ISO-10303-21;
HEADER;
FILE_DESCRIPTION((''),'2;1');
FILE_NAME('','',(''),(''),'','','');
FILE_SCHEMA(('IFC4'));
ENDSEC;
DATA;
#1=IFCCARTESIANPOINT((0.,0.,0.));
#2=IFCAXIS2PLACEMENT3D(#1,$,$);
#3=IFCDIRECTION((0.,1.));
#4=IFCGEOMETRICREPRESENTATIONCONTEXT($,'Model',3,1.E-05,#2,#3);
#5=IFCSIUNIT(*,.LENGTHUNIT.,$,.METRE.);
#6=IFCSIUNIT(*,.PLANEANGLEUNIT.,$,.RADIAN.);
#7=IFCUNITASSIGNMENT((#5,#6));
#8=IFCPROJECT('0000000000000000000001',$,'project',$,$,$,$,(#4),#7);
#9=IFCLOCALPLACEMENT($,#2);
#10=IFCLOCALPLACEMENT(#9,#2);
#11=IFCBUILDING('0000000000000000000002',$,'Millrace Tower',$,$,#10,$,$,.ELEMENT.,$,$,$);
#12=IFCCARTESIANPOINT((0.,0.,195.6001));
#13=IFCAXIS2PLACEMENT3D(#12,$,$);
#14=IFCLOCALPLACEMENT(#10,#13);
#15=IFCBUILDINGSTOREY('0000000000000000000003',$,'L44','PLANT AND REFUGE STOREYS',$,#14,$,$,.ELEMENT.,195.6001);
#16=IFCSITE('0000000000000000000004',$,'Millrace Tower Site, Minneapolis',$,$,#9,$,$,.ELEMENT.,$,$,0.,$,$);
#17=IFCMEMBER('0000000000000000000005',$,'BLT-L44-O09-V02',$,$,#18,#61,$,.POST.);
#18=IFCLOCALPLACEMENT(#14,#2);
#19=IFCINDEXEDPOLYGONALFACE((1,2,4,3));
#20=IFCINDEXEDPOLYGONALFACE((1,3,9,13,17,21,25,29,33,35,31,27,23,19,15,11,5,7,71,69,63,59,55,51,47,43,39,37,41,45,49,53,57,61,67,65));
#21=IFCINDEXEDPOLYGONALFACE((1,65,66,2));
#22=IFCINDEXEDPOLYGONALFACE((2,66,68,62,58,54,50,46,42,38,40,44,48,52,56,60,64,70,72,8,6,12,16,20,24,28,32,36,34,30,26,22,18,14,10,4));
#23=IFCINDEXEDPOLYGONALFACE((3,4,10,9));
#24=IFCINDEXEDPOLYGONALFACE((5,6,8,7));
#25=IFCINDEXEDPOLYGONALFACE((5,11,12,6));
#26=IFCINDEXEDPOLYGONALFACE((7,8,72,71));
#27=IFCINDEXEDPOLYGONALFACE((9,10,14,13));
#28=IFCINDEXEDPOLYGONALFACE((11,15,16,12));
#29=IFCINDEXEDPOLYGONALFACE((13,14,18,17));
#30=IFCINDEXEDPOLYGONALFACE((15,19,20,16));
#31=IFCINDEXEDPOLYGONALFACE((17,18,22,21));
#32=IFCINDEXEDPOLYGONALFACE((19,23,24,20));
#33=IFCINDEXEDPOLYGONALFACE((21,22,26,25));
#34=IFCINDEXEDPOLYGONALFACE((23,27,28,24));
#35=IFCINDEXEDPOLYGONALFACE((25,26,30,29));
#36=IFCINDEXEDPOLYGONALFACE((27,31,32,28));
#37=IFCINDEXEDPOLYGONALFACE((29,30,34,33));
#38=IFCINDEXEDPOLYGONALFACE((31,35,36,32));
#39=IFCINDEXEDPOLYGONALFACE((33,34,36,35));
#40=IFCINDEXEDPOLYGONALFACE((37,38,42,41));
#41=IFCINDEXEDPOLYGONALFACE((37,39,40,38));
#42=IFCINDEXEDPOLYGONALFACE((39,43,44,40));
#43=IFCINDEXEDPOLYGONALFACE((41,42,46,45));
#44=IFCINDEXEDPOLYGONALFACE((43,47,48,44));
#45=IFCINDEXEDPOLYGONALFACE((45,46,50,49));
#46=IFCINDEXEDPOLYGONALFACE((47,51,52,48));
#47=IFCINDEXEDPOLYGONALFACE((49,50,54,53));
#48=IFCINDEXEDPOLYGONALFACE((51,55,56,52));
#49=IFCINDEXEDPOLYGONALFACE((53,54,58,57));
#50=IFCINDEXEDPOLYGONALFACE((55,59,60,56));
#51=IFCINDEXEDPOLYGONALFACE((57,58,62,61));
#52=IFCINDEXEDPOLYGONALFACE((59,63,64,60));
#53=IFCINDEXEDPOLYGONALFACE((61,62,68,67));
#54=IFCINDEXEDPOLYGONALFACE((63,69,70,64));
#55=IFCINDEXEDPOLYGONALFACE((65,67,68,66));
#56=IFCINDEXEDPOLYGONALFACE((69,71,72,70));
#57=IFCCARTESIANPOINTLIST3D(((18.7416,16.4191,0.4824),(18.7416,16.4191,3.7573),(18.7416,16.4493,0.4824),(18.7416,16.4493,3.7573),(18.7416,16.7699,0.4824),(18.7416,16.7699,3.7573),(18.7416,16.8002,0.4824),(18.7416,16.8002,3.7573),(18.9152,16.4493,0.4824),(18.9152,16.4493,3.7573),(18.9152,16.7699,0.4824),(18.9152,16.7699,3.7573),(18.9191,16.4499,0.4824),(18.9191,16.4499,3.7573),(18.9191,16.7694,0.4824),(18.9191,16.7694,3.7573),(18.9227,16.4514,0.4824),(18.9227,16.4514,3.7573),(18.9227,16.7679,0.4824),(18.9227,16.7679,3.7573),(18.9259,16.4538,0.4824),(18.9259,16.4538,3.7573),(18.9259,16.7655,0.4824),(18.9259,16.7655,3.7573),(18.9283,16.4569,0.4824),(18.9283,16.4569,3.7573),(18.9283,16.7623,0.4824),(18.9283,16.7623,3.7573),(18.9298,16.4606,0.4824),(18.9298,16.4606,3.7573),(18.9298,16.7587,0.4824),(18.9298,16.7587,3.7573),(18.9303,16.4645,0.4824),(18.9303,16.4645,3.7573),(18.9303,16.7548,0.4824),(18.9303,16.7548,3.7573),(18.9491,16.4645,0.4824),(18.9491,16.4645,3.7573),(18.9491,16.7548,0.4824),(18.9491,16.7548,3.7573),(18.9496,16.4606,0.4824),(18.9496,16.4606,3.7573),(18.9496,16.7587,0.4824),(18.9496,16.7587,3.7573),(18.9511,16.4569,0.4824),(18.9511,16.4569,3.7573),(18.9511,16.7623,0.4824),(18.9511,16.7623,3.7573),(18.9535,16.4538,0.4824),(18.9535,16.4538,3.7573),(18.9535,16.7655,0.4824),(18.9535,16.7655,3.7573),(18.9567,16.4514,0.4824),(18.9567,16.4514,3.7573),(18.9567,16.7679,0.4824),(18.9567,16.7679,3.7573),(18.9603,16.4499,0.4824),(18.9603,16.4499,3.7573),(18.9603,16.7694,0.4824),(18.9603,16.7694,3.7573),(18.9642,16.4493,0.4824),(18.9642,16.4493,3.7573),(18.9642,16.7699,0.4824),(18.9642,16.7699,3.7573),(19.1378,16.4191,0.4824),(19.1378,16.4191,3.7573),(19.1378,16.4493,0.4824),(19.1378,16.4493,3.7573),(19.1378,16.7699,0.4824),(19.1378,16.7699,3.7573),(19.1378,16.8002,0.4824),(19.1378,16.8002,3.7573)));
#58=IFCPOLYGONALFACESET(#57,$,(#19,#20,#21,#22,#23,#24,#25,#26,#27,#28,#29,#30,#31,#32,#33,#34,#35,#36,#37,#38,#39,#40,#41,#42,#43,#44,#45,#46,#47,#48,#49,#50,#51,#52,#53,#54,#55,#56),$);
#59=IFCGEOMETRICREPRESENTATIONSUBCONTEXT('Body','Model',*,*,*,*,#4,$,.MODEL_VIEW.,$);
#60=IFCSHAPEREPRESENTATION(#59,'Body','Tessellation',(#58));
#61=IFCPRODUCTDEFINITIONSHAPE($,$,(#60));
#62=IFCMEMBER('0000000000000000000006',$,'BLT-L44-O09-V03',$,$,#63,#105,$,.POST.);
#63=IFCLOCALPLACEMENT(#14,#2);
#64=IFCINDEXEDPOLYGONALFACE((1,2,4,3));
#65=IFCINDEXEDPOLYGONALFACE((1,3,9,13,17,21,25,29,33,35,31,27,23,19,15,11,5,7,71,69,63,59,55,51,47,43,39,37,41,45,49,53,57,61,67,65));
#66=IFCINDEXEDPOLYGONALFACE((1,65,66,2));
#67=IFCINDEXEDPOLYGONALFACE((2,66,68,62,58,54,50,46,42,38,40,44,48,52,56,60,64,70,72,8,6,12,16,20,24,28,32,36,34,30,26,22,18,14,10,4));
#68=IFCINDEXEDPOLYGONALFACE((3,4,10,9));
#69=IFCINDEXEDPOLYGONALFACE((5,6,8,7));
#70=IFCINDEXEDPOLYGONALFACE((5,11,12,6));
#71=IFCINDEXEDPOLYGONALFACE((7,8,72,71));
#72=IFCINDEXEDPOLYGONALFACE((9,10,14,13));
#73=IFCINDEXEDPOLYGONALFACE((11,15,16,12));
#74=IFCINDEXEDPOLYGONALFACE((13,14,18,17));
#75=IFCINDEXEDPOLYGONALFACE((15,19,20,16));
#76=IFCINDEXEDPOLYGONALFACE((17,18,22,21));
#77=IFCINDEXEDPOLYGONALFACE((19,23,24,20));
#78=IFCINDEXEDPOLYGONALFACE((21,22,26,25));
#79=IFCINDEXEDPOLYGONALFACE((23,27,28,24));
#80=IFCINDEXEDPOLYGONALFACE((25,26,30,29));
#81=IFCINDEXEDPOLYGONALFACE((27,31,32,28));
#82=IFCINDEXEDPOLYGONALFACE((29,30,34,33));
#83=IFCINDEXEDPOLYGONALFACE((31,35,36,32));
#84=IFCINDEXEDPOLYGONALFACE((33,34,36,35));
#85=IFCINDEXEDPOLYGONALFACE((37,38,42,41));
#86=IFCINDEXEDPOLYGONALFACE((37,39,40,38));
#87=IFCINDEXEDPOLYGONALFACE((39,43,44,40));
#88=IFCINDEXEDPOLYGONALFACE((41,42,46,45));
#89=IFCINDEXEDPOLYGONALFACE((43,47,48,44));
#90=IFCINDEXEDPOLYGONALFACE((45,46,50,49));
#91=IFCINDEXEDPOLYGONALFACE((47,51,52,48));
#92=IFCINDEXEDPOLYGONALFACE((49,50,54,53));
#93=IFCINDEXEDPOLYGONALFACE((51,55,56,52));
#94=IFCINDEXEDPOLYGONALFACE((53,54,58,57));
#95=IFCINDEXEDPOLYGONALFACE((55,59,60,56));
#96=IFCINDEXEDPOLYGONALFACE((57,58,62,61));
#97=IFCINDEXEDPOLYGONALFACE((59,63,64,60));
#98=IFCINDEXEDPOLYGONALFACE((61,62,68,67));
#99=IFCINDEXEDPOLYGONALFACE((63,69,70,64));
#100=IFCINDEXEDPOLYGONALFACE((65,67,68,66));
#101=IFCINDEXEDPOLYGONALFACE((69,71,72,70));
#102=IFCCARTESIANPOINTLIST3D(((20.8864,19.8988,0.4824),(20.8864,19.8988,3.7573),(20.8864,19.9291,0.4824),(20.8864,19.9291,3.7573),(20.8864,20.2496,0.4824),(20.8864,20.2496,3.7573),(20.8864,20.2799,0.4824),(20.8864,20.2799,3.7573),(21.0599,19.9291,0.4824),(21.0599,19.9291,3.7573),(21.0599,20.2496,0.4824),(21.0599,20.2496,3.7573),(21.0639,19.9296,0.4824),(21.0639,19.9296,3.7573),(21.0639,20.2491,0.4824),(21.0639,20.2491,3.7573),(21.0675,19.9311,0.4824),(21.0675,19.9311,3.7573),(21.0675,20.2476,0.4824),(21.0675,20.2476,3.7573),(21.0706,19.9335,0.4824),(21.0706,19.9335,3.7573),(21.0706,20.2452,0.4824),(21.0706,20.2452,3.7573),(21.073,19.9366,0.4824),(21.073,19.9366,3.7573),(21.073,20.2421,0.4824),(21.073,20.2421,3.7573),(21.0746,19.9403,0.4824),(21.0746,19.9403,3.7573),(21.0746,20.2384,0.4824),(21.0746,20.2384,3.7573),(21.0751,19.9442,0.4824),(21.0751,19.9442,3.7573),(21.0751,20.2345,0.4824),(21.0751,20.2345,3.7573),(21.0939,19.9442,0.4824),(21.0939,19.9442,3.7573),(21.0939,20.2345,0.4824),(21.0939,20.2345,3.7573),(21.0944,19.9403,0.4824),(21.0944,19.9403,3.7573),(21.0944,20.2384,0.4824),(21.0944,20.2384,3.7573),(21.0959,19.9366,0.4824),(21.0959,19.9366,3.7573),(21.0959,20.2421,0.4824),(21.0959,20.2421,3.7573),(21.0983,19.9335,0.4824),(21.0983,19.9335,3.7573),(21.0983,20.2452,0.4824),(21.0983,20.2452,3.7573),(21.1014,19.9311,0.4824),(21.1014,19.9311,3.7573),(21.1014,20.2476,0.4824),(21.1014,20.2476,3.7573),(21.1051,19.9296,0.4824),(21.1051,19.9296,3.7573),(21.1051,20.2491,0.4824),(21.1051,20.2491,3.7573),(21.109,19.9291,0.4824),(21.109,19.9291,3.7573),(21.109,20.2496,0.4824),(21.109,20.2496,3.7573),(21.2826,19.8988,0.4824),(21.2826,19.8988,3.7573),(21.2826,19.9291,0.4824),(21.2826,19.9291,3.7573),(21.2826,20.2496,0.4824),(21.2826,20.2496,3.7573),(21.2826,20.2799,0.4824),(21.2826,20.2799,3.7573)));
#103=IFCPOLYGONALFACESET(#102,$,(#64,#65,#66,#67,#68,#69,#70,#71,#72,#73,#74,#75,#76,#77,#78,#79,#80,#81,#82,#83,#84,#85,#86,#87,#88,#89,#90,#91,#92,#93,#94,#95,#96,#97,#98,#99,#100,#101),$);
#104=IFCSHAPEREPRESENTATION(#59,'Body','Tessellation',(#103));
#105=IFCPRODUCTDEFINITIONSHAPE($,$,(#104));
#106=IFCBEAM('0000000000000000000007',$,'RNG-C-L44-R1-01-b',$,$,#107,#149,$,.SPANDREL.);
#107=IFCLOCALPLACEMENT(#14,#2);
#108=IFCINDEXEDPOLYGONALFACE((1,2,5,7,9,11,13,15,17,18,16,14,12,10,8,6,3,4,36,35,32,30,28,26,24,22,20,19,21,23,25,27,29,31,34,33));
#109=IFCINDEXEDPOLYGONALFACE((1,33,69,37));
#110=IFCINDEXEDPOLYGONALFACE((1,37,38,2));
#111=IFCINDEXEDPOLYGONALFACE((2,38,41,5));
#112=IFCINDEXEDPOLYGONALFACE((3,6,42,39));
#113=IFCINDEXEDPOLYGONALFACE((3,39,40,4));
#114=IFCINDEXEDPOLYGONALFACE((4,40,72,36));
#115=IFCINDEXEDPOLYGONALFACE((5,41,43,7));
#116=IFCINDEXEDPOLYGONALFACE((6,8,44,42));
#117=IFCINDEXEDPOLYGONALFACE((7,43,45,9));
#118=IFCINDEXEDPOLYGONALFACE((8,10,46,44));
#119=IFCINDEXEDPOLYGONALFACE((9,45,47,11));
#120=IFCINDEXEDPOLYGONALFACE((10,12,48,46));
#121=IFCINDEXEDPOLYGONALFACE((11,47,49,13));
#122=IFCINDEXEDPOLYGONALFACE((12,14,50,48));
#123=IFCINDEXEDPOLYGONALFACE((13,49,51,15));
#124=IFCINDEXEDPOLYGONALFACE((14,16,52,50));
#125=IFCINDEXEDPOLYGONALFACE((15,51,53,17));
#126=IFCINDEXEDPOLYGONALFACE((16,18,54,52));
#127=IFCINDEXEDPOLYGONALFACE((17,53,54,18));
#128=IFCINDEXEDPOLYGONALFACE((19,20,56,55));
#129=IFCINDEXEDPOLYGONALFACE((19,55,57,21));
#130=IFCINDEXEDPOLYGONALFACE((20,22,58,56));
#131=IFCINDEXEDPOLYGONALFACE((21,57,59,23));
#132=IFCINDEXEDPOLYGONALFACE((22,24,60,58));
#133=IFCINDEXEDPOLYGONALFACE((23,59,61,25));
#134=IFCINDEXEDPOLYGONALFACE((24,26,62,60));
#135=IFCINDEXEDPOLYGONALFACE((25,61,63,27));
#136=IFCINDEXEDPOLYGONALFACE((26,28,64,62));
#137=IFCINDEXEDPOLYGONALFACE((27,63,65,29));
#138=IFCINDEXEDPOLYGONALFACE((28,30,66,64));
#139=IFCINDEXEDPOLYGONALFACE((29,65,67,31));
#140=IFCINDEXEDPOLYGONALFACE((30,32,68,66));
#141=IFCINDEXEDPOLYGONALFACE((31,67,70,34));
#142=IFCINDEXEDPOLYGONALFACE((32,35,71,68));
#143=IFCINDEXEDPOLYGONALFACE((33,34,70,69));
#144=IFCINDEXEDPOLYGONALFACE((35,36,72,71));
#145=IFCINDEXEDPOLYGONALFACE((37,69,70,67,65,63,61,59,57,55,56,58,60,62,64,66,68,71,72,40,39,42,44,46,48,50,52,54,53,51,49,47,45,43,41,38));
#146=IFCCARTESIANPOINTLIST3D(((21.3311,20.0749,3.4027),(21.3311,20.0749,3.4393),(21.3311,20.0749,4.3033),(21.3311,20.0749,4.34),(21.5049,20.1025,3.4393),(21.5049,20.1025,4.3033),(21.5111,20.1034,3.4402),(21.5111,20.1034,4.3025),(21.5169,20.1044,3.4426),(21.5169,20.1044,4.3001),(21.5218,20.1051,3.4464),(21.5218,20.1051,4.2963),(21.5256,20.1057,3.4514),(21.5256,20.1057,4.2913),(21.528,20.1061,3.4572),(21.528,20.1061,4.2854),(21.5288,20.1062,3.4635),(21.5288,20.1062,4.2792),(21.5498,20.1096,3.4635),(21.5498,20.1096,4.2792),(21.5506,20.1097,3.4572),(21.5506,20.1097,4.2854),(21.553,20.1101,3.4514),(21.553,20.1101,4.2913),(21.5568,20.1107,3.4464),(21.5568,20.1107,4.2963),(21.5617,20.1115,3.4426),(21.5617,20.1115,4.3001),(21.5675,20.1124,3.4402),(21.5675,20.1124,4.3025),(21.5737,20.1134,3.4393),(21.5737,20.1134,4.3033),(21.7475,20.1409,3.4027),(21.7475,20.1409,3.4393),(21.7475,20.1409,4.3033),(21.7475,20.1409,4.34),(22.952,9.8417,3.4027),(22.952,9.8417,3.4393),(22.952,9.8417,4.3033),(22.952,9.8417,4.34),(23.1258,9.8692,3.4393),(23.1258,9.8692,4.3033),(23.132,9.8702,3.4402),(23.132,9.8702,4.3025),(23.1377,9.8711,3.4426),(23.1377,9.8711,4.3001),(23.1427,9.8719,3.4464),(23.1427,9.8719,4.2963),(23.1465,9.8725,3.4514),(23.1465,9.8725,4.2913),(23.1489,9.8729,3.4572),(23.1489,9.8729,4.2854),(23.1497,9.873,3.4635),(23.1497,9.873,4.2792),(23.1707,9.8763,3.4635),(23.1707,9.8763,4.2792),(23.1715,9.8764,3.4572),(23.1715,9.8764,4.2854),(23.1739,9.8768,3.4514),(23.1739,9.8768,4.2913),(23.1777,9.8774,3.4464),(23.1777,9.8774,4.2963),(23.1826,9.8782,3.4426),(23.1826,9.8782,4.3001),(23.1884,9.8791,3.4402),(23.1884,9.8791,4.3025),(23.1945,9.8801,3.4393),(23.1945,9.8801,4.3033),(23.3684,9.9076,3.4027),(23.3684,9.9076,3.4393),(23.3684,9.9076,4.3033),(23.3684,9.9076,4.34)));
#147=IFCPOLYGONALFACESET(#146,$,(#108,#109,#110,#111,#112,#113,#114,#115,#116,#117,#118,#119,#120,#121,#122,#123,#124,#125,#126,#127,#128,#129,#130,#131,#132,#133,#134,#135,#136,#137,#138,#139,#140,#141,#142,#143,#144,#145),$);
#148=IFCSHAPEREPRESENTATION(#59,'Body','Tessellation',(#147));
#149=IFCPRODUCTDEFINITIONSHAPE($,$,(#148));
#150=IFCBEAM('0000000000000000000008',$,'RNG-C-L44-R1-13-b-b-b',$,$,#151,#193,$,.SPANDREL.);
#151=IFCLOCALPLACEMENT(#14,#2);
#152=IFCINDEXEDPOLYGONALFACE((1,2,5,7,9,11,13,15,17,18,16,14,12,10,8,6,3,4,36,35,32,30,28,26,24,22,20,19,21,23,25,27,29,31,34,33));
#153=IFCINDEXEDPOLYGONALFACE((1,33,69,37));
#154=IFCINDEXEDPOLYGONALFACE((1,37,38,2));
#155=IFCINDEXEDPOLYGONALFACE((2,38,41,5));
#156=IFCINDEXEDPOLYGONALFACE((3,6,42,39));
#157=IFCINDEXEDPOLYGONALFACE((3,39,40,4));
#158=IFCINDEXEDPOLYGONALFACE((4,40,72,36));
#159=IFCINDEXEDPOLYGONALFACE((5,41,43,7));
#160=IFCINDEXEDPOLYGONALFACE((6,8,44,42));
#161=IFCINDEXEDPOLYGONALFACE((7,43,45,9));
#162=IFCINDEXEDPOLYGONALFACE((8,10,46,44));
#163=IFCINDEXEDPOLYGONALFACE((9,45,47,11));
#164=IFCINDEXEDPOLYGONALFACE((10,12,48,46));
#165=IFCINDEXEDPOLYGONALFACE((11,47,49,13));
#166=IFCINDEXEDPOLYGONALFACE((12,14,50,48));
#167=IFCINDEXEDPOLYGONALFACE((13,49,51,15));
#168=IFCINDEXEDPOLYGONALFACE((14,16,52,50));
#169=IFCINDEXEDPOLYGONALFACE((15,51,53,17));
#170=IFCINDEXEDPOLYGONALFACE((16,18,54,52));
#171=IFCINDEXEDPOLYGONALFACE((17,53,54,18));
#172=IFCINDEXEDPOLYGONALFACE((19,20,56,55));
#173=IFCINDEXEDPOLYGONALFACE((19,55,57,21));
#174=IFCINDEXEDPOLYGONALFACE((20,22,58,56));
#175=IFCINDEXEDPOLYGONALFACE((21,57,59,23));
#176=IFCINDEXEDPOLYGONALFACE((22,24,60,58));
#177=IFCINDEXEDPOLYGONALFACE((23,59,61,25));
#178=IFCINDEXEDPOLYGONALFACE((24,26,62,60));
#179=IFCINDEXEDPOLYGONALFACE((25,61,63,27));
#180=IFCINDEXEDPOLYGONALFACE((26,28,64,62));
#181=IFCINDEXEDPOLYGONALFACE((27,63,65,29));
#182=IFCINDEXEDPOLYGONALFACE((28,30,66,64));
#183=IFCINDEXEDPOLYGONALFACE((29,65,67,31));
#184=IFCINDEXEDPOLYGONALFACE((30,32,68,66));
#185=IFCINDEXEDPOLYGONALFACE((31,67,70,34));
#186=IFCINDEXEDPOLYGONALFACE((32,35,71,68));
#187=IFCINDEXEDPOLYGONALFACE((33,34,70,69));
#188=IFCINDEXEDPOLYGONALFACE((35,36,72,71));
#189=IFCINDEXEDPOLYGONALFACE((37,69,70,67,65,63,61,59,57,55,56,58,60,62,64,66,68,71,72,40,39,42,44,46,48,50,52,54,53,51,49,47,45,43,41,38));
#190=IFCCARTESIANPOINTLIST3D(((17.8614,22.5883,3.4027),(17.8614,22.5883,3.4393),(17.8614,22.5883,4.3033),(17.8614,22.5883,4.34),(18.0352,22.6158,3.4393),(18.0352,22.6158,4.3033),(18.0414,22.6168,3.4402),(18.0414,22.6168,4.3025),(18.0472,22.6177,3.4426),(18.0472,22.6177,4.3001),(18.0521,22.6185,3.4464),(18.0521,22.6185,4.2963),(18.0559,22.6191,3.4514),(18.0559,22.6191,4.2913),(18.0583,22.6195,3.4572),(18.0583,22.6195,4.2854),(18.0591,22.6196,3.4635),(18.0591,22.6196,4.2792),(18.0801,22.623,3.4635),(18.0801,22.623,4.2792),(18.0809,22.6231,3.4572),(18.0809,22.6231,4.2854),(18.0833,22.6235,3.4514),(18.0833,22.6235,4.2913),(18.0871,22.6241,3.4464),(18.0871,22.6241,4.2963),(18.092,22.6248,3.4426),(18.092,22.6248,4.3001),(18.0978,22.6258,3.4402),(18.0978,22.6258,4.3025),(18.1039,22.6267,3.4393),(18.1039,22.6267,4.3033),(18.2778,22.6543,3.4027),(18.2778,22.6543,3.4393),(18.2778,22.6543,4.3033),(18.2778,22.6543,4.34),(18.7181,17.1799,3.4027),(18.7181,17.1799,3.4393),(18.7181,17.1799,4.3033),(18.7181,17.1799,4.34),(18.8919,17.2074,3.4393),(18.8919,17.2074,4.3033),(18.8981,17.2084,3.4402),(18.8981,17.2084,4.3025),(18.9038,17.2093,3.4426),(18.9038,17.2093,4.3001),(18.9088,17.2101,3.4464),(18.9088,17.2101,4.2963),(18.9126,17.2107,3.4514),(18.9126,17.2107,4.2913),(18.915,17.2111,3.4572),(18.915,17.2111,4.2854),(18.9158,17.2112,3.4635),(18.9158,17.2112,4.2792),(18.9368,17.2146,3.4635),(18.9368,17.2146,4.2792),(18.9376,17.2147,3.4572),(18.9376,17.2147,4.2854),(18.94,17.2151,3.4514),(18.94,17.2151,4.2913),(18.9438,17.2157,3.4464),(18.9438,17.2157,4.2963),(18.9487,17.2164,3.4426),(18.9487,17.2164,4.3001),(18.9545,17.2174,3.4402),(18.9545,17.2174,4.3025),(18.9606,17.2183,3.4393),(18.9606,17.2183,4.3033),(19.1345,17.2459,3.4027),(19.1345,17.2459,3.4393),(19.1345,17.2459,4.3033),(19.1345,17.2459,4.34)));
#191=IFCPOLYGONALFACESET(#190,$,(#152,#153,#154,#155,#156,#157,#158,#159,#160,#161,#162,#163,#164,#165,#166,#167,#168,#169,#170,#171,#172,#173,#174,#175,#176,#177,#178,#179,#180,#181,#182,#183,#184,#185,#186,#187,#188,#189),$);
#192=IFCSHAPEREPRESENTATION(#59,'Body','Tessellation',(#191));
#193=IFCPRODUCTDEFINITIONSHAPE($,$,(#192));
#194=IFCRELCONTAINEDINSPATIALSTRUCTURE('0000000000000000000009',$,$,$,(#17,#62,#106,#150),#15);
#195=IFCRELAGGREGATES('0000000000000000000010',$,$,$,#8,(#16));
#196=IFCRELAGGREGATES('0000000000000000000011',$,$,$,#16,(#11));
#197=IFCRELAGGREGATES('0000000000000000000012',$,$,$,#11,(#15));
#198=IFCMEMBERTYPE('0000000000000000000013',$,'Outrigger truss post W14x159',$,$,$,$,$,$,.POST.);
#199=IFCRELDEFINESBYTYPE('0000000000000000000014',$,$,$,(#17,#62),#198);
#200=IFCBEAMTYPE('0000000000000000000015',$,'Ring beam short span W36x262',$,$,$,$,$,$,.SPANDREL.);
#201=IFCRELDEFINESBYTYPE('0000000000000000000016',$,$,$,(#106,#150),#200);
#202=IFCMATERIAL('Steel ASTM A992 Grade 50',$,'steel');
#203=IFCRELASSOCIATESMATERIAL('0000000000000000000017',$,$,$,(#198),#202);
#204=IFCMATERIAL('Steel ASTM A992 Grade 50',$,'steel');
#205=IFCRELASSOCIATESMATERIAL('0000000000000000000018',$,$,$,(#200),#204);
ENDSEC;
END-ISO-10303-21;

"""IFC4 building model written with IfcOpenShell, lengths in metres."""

from ifc_helpers import new_model, si_unit, direction, frame, origin, origin_2d, place, context, subcontext, project, spatial, i_section, extrude, material, material_profile, profile_set, type_object, element, save


model = new_model("IFC4")

# Units and contexts
model_context = context("Model", 3, precision=1e-05, world=origin(), true_north=direction((0.0, 1.0)))
body_context = subcontext(model_context, "Body", "Model", "MODEL_VIEW")
ifc_project = project(units=[si_unit("LENGTHUNIT", "METRE"), si_unit("PLANEANGLEUNIT", "RADIAN")], contexts=[model_context])

# Site, building, storey
site_placement = place(None, origin())
site = spatial("IfcSite", under=ifc_project, at=site_placement, Name="Millrace Tower Site, Minneapolis", CompositionType="ELEMENT", RefElevation=0.0)
building_placement = place(site_placement, origin())
building = spatial("IfcBuilding", under=site, at=building_placement, Name="Millrace Tower", CompositionType="ELEMENT")
storey_placement = place(building_placement, frame((0.0, 0.0, 195.6001)))
storey = spatial("IfcBuildingStorey", under=building, at=storey_placement, Name="L44", Description="PLANT AND REFUGE STOREYS", CompositionType="ELEMENT", Elevation=195.6001)

# Members
ifc_material_1 = material(Name="Steel ASTM A992 Grade 50", Category="steel")
ifc_material_profile_1 = material_profile(ifc_material_1, i_section(OverallWidth=0.3962, OverallDepth=0.3811, WebThickness=0.0188, FlangeThickness=0.0303, FilletRadius=0.0151, at=origin_2d()))
ifc_profile_set_1 = profile_set([ifc_material_profile_1], Name="Steel ASTM A992 Grade 50")
member_type_1 = type_object("IfcMemberType", Name="Outrigger truss post W14x159", PredefinedType="POST", material=ifc_profile_set_1)
for number, where, z_axis, x_axis, name in (
    (1, (18.9397, 16.6096, 0.4824), (0.0, 0.0, 1.0), (1.0, 0.0, 0.0), "BLT-L44-O09-V02"),
    (2, (21.0845, 20.0894, 0.4824), (0.0, 0.0, 1.0), (1.0, 0.0, 0.0), "BLT-L44-O09-V03"),
):
    element("IfcMember", number, at=place(storey_placement, frame(where, z_axis=z_axis, x_axis=x_axis)), inside=storey, type_object=member_type_1, Name=name, PredefinedType="POST", context=body_context, shape_type="SweptSolid", body=[
        extrude(i_section(OverallWidth=0.3962, OverallDepth=0.3811, WebThickness=0.0188, FlangeThickness=0.0303, FilletRadius=0.0151, at=origin_2d()), origin(), (0.0, 0.0, 1.0), 3.2749),
    ])

# Beams
ifc_material_2 = material(Name="Steel ASTM A992 Grade 50", Category="steel")
ifc_material_profile_2 = material_profile(ifc_material_2, i_section(OverallWidth=0.4216, OverallDepth=0.9373, WebThickness=0.0212, FlangeThickness=0.0366, FilletRadius=0.0242, at=origin_2d()))
ifc_profile_set_2 = profile_set([ifc_material_profile_2], Name="Steel ASTM A992 Grade 50")
beam_type_1 = type_object("IfcBeamType", Name="Ring beam short span W36x262", PredefinedType="SPANDREL", material=ifc_profile_set_2)
beam_1_placement = place(storey_placement, frame((21.5393, 20.1079, 3.8713), z_axis=(0.156442, -0.987687, 0.0), x_axis=(0.987687, 0.156442, 0.0)))
element("IfcBeam", 3, at=beam_1_placement, inside=storey, type_object=beam_type_1, Name="RNG-C-L44-R1-01-b", PredefinedType="SPANDREL", context=body_context, shape_type="SweptSolid", body=[
    extrude(i_section(OverallWidth=0.4216, OverallDepth=0.9373, WebThickness=0.0212, FlangeThickness=0.0366, FilletRadius=0.0242, at=origin_2d()), origin(), (0.0, 0.0, 1.0), 10.3608),
])
beam_2_placement = place(storey_placement, frame((18.9263, 17.2129, 3.8713), z_axis=(-0.156448, 0.987686, 0.0), x_axis=(-0.987686, -0.156448, 0.0)))
element("IfcBeam", 4, at=beam_2_placement, inside=storey, type_object=beam_type_1, Name="RNG-C-L44-R1-13-b-b-b", PredefinedType="SPANDREL", context=body_context, shape_type="SweptSolid", body=[
    extrude(i_section(OverallWidth=0.4216, OverallDepth=0.9373, WebThickness=0.0212, FlangeThickness=0.0366, FilletRadius=0.0242, at=origin_2d()), origin(), (0.0, 0.0, 1.0), 5.4758),
])

save(model, "model.ifc")
